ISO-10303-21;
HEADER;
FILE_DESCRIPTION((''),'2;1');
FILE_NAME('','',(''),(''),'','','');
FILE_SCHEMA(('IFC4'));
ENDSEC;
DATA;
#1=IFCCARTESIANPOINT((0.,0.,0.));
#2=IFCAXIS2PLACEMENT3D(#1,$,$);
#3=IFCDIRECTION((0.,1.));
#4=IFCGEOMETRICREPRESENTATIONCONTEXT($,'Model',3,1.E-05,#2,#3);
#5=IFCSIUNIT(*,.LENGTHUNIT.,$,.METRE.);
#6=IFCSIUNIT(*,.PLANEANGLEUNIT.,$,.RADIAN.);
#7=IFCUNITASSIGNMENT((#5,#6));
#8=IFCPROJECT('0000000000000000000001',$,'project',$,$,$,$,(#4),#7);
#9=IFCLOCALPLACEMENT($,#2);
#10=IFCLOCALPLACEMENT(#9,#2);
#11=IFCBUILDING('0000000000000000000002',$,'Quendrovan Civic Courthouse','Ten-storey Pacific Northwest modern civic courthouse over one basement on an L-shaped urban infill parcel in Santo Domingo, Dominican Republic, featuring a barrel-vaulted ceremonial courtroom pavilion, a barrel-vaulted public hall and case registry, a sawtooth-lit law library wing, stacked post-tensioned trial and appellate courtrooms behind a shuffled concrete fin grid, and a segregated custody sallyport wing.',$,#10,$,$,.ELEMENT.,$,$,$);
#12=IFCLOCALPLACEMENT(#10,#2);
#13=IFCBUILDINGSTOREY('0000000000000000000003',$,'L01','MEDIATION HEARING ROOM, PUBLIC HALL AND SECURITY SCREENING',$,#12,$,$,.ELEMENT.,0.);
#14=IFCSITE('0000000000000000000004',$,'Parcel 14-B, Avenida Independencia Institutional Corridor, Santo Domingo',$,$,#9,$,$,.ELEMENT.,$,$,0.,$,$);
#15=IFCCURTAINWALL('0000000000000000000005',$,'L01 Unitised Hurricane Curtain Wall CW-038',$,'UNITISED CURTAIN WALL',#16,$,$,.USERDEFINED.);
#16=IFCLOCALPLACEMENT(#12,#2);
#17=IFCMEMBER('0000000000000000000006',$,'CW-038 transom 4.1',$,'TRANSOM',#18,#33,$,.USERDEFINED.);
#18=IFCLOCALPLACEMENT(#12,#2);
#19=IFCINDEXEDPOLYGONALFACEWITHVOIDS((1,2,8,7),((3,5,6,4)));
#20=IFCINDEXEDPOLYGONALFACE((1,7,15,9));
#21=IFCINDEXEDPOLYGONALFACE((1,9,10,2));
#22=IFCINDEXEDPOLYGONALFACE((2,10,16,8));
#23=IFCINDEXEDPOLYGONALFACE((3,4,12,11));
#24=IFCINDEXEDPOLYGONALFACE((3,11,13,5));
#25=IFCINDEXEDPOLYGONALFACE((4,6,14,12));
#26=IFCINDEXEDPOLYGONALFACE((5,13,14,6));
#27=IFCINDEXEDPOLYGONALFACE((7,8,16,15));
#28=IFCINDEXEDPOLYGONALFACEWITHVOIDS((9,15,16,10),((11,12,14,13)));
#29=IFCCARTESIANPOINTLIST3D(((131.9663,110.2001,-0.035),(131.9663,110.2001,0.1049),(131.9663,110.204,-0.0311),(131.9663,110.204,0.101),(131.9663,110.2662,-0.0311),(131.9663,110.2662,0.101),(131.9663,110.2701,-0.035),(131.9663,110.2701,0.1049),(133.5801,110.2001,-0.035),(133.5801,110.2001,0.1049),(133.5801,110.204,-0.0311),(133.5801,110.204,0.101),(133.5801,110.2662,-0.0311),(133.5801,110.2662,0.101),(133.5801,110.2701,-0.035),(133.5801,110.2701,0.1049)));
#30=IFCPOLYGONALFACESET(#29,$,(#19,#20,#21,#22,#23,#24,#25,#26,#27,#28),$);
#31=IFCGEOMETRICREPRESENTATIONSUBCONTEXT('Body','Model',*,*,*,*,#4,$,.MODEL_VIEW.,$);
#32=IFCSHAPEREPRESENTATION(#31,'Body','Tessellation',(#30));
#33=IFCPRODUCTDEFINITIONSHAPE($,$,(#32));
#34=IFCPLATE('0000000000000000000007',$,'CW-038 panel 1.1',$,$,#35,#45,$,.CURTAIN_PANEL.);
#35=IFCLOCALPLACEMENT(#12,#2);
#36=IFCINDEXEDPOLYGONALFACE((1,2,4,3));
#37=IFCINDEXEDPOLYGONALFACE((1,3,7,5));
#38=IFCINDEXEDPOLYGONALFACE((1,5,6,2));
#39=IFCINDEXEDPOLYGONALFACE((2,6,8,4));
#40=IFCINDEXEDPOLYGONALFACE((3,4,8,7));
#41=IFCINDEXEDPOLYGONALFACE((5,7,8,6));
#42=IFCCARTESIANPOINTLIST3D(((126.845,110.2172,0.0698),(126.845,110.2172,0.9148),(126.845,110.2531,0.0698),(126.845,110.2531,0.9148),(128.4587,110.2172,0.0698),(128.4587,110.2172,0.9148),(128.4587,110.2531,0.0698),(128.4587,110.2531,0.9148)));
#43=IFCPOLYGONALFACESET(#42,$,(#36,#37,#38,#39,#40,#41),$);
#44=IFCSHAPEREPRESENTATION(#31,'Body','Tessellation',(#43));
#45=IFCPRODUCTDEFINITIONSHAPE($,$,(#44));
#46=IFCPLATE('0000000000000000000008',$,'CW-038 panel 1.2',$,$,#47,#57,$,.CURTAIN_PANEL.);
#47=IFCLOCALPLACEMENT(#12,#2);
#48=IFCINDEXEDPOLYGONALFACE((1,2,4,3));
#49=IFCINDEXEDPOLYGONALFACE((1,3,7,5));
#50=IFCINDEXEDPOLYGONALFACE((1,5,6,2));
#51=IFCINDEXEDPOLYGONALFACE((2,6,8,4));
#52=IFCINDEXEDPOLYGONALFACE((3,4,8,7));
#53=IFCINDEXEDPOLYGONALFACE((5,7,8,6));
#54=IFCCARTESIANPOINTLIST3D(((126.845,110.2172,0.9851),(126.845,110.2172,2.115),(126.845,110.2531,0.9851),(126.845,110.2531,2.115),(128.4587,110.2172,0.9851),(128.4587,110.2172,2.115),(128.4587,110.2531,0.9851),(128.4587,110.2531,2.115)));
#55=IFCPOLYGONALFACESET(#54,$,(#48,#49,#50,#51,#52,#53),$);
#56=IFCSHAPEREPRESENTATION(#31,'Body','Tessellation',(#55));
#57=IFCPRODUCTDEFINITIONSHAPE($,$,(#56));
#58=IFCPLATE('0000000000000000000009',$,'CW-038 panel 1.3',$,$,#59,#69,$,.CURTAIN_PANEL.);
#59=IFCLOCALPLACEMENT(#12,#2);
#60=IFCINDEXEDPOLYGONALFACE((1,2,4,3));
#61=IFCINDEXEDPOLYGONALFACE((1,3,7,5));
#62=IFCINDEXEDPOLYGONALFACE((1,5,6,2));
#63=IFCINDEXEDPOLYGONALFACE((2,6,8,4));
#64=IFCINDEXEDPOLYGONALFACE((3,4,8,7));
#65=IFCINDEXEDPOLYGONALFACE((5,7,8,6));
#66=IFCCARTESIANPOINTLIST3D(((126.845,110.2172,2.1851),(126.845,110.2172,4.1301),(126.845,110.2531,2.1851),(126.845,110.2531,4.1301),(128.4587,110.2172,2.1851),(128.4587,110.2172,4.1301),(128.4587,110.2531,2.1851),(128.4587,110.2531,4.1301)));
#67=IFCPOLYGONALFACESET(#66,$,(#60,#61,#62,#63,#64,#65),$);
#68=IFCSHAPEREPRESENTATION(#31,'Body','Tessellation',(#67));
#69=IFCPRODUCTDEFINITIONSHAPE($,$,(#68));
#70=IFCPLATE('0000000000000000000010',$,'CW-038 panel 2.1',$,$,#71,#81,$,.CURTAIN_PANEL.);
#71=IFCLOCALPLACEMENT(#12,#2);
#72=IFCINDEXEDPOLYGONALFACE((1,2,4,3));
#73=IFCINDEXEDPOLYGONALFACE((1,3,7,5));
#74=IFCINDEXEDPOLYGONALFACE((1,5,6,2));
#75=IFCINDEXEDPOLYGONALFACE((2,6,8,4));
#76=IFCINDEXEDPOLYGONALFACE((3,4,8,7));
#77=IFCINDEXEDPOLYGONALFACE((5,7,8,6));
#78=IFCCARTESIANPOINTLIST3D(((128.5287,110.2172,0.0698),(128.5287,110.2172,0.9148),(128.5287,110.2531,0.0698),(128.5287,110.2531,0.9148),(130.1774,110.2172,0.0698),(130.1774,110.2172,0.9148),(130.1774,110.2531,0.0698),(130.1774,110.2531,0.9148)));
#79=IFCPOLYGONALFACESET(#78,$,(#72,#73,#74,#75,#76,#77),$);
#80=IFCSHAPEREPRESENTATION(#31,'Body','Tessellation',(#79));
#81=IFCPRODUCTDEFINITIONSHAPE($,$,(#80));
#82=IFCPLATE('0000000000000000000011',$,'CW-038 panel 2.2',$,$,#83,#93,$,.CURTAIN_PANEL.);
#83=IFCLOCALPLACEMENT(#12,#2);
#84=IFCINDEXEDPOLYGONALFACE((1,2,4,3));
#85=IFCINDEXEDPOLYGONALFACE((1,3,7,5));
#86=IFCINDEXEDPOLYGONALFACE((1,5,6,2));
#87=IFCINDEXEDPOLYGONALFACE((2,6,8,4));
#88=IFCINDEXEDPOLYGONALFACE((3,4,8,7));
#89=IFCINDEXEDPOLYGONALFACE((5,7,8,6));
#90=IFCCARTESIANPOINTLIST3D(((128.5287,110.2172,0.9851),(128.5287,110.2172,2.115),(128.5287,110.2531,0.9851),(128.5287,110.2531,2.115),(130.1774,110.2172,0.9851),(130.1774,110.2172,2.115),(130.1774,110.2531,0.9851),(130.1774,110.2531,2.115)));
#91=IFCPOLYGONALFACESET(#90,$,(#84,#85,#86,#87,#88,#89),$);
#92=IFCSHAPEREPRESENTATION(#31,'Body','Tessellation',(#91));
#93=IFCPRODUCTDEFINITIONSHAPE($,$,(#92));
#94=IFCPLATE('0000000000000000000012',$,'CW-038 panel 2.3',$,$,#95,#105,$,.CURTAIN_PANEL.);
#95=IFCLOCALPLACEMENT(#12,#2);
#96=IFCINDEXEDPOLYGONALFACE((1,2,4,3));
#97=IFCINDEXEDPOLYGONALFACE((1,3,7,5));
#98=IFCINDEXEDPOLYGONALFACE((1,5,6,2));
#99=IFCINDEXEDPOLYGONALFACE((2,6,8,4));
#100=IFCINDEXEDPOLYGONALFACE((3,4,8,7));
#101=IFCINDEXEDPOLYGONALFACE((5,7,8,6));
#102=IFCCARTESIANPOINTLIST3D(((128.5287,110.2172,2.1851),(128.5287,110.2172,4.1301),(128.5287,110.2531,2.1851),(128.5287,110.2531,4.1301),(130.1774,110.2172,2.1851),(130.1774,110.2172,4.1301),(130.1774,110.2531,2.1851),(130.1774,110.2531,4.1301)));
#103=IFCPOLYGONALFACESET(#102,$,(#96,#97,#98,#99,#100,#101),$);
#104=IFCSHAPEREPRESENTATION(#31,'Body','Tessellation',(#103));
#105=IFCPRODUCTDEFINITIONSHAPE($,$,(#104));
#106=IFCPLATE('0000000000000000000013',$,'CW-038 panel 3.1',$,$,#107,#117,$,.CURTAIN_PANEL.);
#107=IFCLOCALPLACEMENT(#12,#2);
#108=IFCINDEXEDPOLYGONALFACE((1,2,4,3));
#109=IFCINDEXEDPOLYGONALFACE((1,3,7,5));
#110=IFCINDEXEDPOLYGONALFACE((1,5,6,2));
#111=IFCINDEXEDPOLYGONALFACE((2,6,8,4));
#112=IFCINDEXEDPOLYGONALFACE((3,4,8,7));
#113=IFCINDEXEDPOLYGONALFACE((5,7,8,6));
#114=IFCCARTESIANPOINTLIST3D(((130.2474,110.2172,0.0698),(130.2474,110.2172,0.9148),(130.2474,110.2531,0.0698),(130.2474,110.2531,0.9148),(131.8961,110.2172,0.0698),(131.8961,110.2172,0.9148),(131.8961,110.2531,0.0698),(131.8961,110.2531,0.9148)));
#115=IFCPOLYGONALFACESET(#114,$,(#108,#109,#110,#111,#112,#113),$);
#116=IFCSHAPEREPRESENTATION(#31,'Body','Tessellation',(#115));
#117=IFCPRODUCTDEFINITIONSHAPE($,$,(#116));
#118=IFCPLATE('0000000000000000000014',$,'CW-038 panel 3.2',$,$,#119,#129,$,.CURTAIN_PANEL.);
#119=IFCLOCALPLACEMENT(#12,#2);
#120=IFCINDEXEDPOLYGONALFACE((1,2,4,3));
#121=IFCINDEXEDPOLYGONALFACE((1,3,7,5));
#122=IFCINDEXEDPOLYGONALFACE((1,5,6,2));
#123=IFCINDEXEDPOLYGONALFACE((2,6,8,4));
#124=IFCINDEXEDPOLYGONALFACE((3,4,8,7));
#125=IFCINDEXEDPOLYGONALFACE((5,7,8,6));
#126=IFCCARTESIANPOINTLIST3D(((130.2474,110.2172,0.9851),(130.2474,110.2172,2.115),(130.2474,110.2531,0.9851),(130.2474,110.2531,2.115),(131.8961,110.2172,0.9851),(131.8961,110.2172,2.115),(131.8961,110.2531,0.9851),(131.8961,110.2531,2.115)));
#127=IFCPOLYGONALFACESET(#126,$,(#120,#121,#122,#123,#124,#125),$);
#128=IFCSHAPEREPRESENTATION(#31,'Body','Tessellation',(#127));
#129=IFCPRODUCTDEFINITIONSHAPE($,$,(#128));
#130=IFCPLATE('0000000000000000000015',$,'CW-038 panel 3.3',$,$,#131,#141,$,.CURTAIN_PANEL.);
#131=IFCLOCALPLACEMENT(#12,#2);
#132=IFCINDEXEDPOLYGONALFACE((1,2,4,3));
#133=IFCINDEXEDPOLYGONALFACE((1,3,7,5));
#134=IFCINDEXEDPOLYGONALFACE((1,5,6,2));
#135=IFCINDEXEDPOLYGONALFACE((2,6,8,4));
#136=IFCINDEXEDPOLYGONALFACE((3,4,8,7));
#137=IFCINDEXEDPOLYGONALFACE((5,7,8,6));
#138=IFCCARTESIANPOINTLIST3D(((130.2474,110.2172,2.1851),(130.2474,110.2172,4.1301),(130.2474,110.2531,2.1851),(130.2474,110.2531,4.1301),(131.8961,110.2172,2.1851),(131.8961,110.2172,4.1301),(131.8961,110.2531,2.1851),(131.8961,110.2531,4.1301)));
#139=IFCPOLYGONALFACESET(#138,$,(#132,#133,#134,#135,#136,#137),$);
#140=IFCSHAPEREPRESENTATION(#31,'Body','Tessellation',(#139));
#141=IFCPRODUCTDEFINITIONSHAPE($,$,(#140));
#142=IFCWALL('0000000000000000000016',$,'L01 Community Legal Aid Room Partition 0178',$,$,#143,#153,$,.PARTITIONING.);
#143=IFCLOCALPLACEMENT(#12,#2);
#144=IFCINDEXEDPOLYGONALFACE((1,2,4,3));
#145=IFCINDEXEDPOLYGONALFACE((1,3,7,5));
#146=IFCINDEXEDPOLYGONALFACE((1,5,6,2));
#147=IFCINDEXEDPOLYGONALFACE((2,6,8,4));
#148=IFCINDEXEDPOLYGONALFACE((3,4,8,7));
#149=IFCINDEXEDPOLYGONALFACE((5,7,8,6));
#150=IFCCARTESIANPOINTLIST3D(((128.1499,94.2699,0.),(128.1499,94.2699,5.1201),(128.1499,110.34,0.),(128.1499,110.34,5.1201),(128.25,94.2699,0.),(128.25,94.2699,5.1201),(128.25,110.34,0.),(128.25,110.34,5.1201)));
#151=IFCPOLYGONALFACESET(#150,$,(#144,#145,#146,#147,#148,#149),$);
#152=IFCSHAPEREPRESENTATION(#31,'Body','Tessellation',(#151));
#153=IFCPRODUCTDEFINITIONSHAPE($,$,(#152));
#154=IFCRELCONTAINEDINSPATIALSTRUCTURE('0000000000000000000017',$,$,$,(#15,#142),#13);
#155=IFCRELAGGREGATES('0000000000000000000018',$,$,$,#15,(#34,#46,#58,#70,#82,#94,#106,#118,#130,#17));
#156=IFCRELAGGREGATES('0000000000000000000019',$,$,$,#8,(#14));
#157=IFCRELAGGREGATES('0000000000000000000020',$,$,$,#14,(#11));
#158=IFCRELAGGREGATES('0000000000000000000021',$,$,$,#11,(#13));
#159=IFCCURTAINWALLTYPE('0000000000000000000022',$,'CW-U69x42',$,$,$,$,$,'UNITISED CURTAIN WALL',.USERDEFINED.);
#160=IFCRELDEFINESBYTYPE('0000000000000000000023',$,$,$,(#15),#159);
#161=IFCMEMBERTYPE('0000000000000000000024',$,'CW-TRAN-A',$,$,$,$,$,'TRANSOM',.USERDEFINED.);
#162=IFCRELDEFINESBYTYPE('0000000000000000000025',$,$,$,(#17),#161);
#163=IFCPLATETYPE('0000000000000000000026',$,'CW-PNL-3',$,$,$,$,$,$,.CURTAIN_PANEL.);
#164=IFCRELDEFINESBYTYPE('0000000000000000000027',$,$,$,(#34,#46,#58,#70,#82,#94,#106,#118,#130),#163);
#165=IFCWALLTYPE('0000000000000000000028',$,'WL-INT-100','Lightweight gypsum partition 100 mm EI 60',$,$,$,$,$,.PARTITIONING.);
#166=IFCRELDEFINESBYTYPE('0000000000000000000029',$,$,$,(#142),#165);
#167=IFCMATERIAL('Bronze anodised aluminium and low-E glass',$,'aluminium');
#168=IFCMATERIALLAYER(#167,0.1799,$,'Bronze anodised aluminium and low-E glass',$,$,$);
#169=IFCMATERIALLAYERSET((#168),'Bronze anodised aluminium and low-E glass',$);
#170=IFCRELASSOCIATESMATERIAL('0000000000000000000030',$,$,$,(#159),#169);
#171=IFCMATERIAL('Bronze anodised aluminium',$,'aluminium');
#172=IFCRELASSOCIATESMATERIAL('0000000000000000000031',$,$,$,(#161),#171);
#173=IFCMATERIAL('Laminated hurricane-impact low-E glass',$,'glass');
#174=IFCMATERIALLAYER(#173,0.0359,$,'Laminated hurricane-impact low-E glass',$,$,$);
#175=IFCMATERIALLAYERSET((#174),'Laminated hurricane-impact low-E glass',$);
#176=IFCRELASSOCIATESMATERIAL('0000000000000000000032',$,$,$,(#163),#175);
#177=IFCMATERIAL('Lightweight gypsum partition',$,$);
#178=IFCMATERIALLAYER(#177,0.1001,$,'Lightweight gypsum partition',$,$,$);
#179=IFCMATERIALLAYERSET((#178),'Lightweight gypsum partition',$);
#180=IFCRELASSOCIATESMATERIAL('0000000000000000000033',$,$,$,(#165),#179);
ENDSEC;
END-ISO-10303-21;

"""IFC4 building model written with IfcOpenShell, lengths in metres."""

from ifc_helpers import new_model, si_unit, direction, frame, frame_2d, origin, origin_2d, place, context, subcontext, project, spatial, rectangle, hollow_rectangle, extrude, material, layer, layer_set, material_profile, profile_set, type_object, element, aggregate, save


model = new_model("IFC4")

# Units and contexts
model_context = context("Model", 3, precision=1e-05, world=origin(), true_north=direction((0.0, 1.0)))
body_context = subcontext(model_context, "Body", "Model", "MODEL_VIEW")
ifc_project = project(units=[si_unit("LENGTHUNIT", "METRE"), si_unit("PLANEANGLEUNIT", "RADIAN")], contexts=[model_context])

# Site, building, storey
site_placement = place(None, origin())
site = spatial("IfcSite", under=ifc_project, at=site_placement, Name="Parcel 14-B, Avenida Independencia Institutional Corridor, Santo Domingo", CompositionType="ELEMENT", RefElevation=0.0)
building_placement = place(site_placement, origin())
building = spatial("IfcBuilding", under=site, at=building_placement, Name="Quendrovan Civic Courthouse", Description="Ten-storey Pacific Northwest modern civic courthouse over one basement on an L-shaped urban infill parcel in Santo Domingo, Dominican Republic, featuring a barrel-vaulted ceremonial courtroom pavilion, a barrel-vaulted public hall and case registry, a sawtooth-lit law library wing, stacked post-tensioned trial and appellate courtrooms behind a shuffled concrete fin grid, and a segregated custody sallyport wing.", CompositionType="ELEMENT")
storey_placement = place(building_placement, origin())
storey = spatial("IfcBuildingStorey", under=building, at=storey_placement, Name="L01", Description="MEDIATION HEARING ROOM, PUBLIC HALL AND SECURITY SCREENING", CompositionType="ELEMENT", Elevation=0.0)

# Curtain wall, member, plates
ifc_material_1 = material(Name="Bronze anodised aluminium and low-E glass", Category="aluminium")
ifc_layer_1 = layer(ifc_material_1, 0.1799, Name="Bronze anodised aluminium and low-E glass")
ifc_layer_set_1 = layer_set([ifc_layer_1], Name="Bronze anodised aluminium and low-E glass")
curtain_wall_type = type_object("IfcCurtainWallType", Name="CW-U69x42", ElementType="UNITISED CURTAIN WALL", PredefinedType="USERDEFINED", material=ifc_layer_set_1)
curtain_wall_placement = place(storey_placement, origin())
curtain_wall = element("IfcCurtainWall", 1, at=curtain_wall_placement, inside=storey, type_object=curtain_wall_type, Name="L01 Unitised Hurricane Curtain Wall CW-038", ObjectType="UNITISED CURTAIN WALL", PredefinedType="USERDEFINED")
ifc_material_2 = material(Name="Bronze anodised aluminium", Category="aluminium")
ifc_material_profile_1 = material_profile(ifc_material_2, hollow_rectangle(XDim=0.0701, YDim=0.1399, WallThickness=0.0039, at=origin_2d()), Name="CW-TRAN-70x140")
ifc_profile_set_1 = profile_set([ifc_material_profile_1], Name="Bronze anodised aluminium")
member_type_1 = type_object("IfcMemberType", Name="CW-TRAN-A", ElementType="TRANSOM", PredefinedType="USERDEFINED", material=ifc_profile_set_1)
member_1_placement = place(storey_placement, frame((131.9663, 110.2351, 0.0349), z_axis=(1.0, 0.0, 0.0), x_axis=(0.0, 1.0, 0.0)))
member_1 = element("IfcMember", 2, at=member_1_placement, type_object=member_type_1, Name="CW-038 transom 4.1", ObjectType="TRANSOM", PredefinedType="USERDEFINED", context=body_context, shape_type="SweptSolid", body=[
    extrude(hollow_rectangle(XDim=0.0701, YDim=0.1399, WallThickness=0.0039, at=origin_2d()), origin(), (0.0, 0.0, 1.0), 1.6138),
])
ifc_material_3 = material(Name="Laminated hurricane-impact low-E glass", Category="glass")
ifc_layer_2 = layer(ifc_material_3, 0.0359, Name="Laminated hurricane-impact low-E glass")
ifc_layer_set_2 = layer_set([ifc_layer_2], Name="Laminated hurricane-impact low-E glass")
plate_type = type_object("IfcPlateType", Name="CW-PNL-3", PredefinedType="CURTAIN_PANEL", material=ifc_layer_set_2)
plate_1_placement = place(storey_placement, frame((127.6519, 110.2351, 0.0698), z_axis=(0.0, 0.0, 1.0), x_axis=(1.0, 0.0, 0.0)))
plate_1 = element("IfcPlate", 3, at=plate_1_placement, type_object=plate_type, Name="CW-038 panel 1.1", PredefinedType="CURTAIN_PANEL", context=body_context, shape_type="SweptSolid", body=[
    extrude(rectangle(XDim=1.6138, YDim=0.0359, at=origin_2d()), origin(), (0.0, 0.0, 1.0), 0.845),
])
plate_2_placement = place(storey_placement, frame((127.6519, 110.2351, 0.9851), z_axis=(0.0, 0.0, 1.0), x_axis=(1.0, 0.0, 0.0)))
plate_2 = element("IfcPlate", 4, at=plate_2_placement, type_object=plate_type, Name="CW-038 panel 1.2", PredefinedType="CURTAIN_PANEL", context=body_context, shape_type="SweptSolid", body=[
    extrude(rectangle(XDim=1.6138, YDim=0.0359, at=origin_2d()), origin(), (0.0, 0.0, 1.0), 1.1299),
])
plate_3_placement = place(storey_placement, frame((127.6519, 110.2351, 2.1851), z_axis=(0.0, 0.0, 1.0), x_axis=(1.0, 0.0, 0.0)))
plate_3 = element("IfcPlate", 5, at=plate_3_placement, type_object=plate_type, Name="CW-038 panel 1.3", PredefinedType="CURTAIN_PANEL", context=body_context, shape_type="SweptSolid", body=[
    extrude(rectangle(XDim=1.6138, YDim=0.0359, at=origin_2d()), origin(), (0.0, 0.0, 1.0), 1.9451),
])
plate_4_placement = place(storey_placement, frame((129.353, 110.2351, 0.0698), z_axis=(0.0, 0.0, 1.0), x_axis=(1.0, 0.0, 0.0)))
plate_4 = element("IfcPlate", 6, at=plate_4_placement, type_object=plate_type, Name="CW-038 panel 2.1", PredefinedType="CURTAIN_PANEL", context=body_context, shape_type="SweptSolid", body=[
    extrude(rectangle(XDim=1.6487, YDim=0.0359, at=origin_2d()), origin(), (0.0, 0.0, 1.0), 0.845),
])
plate_5_placement = place(storey_placement, frame((129.353, 110.2351, 0.9851), z_axis=(0.0, 0.0, 1.0), x_axis=(1.0, 0.0, 0.0)))
plate_5 = element("IfcPlate", 7, at=plate_5_placement, type_object=plate_type, Name="CW-038 panel 2.2", PredefinedType="CURTAIN_PANEL", context=body_context, shape_type="SweptSolid", body=[
    extrude(rectangle(XDim=1.6487, YDim=0.0359, at=origin_2d()), origin(), (0.0, 0.0, 1.0), 1.1299),
])
plate_6_placement = place(storey_placement, frame((129.353, 110.2351, 2.1851), z_axis=(0.0, 0.0, 1.0), x_axis=(1.0, 0.0, 0.0)))
plate_6 = element("IfcPlate", 8, at=plate_6_placement, type_object=plate_type, Name="CW-038 panel 2.3", PredefinedType="CURTAIN_PANEL", context=body_context, shape_type="SweptSolid", body=[
    extrude(rectangle(XDim=1.6487, YDim=0.0359, at=origin_2d()), origin(), (0.0, 0.0, 1.0), 1.9451),
])
plate_7_placement = place(storey_placement, frame((131.0718, 110.2351, 0.0698), z_axis=(0.0, 0.0, 1.0), x_axis=(1.0, 0.0, 0.0)))
plate_7 = element("IfcPlate", 9, at=plate_7_placement, type_object=plate_type, Name="CW-038 panel 3.1", PredefinedType="CURTAIN_PANEL", context=body_context, shape_type="SweptSolid", body=[
    extrude(rectangle(XDim=1.6487, YDim=0.0359, at=origin_2d()), origin(), (0.0, 0.0, 1.0), 0.845),
])
plate_8_placement = place(storey_placement, frame((131.0718, 110.2351, 0.9851), z_axis=(0.0, 0.0, 1.0), x_axis=(1.0, 0.0, 0.0)))
plate_8 = element("IfcPlate", 10, at=plate_8_placement, type_object=plate_type, Name="CW-038 panel 3.2", PredefinedType="CURTAIN_PANEL", context=body_context, shape_type="SweptSolid", body=[
    extrude(rectangle(XDim=1.6487, YDim=0.0359, at=origin_2d()), origin(), (0.0, 0.0, 1.0), 1.1299),
])
plate_9_placement = place(storey_placement, frame((131.0718, 110.2351, 2.1851), z_axis=(0.0, 0.0, 1.0), x_axis=(1.0, 0.0, 0.0)))
plate_9 = element("IfcPlate", 11, at=plate_9_placement, type_object=plate_type, Name="CW-038 panel 3.3", PredefinedType="CURTAIN_PANEL", context=body_context, shape_type="SweptSolid", body=[
    extrude(rectangle(XDim=1.6487, YDim=0.0359, at=origin_2d()), origin(), (0.0, 0.0, 1.0), 1.9451),
])
aggregate(curtain_wall, [plate_1, plate_2, plate_3, plate_4, plate_5, plate_6, plate_7, plate_8, plate_9, member_1])

# Wall
ifc_material_4 = material(Name="Lightweight gypsum partition")
ifc_layer_3 = layer(ifc_material_4, 0.1001, Name="Lightweight gypsum partition")
ifc_layer_set_3 = layer_set([ifc_layer_3], Name="Lightweight gypsum partition")
wall_type = type_object("IfcWallType", Name="WL-INT-100", Description="Lightweight gypsum partition 100 mm EI 60", PredefinedType="PARTITIONING", material=ifc_layer_set_3)
wall_placement = place(storey_placement, frame((128.2, 110.3401, 0.0), z_axis=(0.0, 0.0, 1.0), x_axis=(0.0, -1.0, 0.0)))
element("IfcWall", 12, at=wall_placement, inside=storey, type_object=wall_type, Name="L01 Community Legal Aid Room Partition 0178", PredefinedType="PARTITIONING", context=body_context, shape_type="SweptSolid", body=[
    extrude(rectangle(XDim=16.0701, YDim=0.1001, at=frame_2d((8.0352, 0.0))), origin(), (0.0, 0.0, 1.0), 5.1201),
])

save(model, "model.ifc")
